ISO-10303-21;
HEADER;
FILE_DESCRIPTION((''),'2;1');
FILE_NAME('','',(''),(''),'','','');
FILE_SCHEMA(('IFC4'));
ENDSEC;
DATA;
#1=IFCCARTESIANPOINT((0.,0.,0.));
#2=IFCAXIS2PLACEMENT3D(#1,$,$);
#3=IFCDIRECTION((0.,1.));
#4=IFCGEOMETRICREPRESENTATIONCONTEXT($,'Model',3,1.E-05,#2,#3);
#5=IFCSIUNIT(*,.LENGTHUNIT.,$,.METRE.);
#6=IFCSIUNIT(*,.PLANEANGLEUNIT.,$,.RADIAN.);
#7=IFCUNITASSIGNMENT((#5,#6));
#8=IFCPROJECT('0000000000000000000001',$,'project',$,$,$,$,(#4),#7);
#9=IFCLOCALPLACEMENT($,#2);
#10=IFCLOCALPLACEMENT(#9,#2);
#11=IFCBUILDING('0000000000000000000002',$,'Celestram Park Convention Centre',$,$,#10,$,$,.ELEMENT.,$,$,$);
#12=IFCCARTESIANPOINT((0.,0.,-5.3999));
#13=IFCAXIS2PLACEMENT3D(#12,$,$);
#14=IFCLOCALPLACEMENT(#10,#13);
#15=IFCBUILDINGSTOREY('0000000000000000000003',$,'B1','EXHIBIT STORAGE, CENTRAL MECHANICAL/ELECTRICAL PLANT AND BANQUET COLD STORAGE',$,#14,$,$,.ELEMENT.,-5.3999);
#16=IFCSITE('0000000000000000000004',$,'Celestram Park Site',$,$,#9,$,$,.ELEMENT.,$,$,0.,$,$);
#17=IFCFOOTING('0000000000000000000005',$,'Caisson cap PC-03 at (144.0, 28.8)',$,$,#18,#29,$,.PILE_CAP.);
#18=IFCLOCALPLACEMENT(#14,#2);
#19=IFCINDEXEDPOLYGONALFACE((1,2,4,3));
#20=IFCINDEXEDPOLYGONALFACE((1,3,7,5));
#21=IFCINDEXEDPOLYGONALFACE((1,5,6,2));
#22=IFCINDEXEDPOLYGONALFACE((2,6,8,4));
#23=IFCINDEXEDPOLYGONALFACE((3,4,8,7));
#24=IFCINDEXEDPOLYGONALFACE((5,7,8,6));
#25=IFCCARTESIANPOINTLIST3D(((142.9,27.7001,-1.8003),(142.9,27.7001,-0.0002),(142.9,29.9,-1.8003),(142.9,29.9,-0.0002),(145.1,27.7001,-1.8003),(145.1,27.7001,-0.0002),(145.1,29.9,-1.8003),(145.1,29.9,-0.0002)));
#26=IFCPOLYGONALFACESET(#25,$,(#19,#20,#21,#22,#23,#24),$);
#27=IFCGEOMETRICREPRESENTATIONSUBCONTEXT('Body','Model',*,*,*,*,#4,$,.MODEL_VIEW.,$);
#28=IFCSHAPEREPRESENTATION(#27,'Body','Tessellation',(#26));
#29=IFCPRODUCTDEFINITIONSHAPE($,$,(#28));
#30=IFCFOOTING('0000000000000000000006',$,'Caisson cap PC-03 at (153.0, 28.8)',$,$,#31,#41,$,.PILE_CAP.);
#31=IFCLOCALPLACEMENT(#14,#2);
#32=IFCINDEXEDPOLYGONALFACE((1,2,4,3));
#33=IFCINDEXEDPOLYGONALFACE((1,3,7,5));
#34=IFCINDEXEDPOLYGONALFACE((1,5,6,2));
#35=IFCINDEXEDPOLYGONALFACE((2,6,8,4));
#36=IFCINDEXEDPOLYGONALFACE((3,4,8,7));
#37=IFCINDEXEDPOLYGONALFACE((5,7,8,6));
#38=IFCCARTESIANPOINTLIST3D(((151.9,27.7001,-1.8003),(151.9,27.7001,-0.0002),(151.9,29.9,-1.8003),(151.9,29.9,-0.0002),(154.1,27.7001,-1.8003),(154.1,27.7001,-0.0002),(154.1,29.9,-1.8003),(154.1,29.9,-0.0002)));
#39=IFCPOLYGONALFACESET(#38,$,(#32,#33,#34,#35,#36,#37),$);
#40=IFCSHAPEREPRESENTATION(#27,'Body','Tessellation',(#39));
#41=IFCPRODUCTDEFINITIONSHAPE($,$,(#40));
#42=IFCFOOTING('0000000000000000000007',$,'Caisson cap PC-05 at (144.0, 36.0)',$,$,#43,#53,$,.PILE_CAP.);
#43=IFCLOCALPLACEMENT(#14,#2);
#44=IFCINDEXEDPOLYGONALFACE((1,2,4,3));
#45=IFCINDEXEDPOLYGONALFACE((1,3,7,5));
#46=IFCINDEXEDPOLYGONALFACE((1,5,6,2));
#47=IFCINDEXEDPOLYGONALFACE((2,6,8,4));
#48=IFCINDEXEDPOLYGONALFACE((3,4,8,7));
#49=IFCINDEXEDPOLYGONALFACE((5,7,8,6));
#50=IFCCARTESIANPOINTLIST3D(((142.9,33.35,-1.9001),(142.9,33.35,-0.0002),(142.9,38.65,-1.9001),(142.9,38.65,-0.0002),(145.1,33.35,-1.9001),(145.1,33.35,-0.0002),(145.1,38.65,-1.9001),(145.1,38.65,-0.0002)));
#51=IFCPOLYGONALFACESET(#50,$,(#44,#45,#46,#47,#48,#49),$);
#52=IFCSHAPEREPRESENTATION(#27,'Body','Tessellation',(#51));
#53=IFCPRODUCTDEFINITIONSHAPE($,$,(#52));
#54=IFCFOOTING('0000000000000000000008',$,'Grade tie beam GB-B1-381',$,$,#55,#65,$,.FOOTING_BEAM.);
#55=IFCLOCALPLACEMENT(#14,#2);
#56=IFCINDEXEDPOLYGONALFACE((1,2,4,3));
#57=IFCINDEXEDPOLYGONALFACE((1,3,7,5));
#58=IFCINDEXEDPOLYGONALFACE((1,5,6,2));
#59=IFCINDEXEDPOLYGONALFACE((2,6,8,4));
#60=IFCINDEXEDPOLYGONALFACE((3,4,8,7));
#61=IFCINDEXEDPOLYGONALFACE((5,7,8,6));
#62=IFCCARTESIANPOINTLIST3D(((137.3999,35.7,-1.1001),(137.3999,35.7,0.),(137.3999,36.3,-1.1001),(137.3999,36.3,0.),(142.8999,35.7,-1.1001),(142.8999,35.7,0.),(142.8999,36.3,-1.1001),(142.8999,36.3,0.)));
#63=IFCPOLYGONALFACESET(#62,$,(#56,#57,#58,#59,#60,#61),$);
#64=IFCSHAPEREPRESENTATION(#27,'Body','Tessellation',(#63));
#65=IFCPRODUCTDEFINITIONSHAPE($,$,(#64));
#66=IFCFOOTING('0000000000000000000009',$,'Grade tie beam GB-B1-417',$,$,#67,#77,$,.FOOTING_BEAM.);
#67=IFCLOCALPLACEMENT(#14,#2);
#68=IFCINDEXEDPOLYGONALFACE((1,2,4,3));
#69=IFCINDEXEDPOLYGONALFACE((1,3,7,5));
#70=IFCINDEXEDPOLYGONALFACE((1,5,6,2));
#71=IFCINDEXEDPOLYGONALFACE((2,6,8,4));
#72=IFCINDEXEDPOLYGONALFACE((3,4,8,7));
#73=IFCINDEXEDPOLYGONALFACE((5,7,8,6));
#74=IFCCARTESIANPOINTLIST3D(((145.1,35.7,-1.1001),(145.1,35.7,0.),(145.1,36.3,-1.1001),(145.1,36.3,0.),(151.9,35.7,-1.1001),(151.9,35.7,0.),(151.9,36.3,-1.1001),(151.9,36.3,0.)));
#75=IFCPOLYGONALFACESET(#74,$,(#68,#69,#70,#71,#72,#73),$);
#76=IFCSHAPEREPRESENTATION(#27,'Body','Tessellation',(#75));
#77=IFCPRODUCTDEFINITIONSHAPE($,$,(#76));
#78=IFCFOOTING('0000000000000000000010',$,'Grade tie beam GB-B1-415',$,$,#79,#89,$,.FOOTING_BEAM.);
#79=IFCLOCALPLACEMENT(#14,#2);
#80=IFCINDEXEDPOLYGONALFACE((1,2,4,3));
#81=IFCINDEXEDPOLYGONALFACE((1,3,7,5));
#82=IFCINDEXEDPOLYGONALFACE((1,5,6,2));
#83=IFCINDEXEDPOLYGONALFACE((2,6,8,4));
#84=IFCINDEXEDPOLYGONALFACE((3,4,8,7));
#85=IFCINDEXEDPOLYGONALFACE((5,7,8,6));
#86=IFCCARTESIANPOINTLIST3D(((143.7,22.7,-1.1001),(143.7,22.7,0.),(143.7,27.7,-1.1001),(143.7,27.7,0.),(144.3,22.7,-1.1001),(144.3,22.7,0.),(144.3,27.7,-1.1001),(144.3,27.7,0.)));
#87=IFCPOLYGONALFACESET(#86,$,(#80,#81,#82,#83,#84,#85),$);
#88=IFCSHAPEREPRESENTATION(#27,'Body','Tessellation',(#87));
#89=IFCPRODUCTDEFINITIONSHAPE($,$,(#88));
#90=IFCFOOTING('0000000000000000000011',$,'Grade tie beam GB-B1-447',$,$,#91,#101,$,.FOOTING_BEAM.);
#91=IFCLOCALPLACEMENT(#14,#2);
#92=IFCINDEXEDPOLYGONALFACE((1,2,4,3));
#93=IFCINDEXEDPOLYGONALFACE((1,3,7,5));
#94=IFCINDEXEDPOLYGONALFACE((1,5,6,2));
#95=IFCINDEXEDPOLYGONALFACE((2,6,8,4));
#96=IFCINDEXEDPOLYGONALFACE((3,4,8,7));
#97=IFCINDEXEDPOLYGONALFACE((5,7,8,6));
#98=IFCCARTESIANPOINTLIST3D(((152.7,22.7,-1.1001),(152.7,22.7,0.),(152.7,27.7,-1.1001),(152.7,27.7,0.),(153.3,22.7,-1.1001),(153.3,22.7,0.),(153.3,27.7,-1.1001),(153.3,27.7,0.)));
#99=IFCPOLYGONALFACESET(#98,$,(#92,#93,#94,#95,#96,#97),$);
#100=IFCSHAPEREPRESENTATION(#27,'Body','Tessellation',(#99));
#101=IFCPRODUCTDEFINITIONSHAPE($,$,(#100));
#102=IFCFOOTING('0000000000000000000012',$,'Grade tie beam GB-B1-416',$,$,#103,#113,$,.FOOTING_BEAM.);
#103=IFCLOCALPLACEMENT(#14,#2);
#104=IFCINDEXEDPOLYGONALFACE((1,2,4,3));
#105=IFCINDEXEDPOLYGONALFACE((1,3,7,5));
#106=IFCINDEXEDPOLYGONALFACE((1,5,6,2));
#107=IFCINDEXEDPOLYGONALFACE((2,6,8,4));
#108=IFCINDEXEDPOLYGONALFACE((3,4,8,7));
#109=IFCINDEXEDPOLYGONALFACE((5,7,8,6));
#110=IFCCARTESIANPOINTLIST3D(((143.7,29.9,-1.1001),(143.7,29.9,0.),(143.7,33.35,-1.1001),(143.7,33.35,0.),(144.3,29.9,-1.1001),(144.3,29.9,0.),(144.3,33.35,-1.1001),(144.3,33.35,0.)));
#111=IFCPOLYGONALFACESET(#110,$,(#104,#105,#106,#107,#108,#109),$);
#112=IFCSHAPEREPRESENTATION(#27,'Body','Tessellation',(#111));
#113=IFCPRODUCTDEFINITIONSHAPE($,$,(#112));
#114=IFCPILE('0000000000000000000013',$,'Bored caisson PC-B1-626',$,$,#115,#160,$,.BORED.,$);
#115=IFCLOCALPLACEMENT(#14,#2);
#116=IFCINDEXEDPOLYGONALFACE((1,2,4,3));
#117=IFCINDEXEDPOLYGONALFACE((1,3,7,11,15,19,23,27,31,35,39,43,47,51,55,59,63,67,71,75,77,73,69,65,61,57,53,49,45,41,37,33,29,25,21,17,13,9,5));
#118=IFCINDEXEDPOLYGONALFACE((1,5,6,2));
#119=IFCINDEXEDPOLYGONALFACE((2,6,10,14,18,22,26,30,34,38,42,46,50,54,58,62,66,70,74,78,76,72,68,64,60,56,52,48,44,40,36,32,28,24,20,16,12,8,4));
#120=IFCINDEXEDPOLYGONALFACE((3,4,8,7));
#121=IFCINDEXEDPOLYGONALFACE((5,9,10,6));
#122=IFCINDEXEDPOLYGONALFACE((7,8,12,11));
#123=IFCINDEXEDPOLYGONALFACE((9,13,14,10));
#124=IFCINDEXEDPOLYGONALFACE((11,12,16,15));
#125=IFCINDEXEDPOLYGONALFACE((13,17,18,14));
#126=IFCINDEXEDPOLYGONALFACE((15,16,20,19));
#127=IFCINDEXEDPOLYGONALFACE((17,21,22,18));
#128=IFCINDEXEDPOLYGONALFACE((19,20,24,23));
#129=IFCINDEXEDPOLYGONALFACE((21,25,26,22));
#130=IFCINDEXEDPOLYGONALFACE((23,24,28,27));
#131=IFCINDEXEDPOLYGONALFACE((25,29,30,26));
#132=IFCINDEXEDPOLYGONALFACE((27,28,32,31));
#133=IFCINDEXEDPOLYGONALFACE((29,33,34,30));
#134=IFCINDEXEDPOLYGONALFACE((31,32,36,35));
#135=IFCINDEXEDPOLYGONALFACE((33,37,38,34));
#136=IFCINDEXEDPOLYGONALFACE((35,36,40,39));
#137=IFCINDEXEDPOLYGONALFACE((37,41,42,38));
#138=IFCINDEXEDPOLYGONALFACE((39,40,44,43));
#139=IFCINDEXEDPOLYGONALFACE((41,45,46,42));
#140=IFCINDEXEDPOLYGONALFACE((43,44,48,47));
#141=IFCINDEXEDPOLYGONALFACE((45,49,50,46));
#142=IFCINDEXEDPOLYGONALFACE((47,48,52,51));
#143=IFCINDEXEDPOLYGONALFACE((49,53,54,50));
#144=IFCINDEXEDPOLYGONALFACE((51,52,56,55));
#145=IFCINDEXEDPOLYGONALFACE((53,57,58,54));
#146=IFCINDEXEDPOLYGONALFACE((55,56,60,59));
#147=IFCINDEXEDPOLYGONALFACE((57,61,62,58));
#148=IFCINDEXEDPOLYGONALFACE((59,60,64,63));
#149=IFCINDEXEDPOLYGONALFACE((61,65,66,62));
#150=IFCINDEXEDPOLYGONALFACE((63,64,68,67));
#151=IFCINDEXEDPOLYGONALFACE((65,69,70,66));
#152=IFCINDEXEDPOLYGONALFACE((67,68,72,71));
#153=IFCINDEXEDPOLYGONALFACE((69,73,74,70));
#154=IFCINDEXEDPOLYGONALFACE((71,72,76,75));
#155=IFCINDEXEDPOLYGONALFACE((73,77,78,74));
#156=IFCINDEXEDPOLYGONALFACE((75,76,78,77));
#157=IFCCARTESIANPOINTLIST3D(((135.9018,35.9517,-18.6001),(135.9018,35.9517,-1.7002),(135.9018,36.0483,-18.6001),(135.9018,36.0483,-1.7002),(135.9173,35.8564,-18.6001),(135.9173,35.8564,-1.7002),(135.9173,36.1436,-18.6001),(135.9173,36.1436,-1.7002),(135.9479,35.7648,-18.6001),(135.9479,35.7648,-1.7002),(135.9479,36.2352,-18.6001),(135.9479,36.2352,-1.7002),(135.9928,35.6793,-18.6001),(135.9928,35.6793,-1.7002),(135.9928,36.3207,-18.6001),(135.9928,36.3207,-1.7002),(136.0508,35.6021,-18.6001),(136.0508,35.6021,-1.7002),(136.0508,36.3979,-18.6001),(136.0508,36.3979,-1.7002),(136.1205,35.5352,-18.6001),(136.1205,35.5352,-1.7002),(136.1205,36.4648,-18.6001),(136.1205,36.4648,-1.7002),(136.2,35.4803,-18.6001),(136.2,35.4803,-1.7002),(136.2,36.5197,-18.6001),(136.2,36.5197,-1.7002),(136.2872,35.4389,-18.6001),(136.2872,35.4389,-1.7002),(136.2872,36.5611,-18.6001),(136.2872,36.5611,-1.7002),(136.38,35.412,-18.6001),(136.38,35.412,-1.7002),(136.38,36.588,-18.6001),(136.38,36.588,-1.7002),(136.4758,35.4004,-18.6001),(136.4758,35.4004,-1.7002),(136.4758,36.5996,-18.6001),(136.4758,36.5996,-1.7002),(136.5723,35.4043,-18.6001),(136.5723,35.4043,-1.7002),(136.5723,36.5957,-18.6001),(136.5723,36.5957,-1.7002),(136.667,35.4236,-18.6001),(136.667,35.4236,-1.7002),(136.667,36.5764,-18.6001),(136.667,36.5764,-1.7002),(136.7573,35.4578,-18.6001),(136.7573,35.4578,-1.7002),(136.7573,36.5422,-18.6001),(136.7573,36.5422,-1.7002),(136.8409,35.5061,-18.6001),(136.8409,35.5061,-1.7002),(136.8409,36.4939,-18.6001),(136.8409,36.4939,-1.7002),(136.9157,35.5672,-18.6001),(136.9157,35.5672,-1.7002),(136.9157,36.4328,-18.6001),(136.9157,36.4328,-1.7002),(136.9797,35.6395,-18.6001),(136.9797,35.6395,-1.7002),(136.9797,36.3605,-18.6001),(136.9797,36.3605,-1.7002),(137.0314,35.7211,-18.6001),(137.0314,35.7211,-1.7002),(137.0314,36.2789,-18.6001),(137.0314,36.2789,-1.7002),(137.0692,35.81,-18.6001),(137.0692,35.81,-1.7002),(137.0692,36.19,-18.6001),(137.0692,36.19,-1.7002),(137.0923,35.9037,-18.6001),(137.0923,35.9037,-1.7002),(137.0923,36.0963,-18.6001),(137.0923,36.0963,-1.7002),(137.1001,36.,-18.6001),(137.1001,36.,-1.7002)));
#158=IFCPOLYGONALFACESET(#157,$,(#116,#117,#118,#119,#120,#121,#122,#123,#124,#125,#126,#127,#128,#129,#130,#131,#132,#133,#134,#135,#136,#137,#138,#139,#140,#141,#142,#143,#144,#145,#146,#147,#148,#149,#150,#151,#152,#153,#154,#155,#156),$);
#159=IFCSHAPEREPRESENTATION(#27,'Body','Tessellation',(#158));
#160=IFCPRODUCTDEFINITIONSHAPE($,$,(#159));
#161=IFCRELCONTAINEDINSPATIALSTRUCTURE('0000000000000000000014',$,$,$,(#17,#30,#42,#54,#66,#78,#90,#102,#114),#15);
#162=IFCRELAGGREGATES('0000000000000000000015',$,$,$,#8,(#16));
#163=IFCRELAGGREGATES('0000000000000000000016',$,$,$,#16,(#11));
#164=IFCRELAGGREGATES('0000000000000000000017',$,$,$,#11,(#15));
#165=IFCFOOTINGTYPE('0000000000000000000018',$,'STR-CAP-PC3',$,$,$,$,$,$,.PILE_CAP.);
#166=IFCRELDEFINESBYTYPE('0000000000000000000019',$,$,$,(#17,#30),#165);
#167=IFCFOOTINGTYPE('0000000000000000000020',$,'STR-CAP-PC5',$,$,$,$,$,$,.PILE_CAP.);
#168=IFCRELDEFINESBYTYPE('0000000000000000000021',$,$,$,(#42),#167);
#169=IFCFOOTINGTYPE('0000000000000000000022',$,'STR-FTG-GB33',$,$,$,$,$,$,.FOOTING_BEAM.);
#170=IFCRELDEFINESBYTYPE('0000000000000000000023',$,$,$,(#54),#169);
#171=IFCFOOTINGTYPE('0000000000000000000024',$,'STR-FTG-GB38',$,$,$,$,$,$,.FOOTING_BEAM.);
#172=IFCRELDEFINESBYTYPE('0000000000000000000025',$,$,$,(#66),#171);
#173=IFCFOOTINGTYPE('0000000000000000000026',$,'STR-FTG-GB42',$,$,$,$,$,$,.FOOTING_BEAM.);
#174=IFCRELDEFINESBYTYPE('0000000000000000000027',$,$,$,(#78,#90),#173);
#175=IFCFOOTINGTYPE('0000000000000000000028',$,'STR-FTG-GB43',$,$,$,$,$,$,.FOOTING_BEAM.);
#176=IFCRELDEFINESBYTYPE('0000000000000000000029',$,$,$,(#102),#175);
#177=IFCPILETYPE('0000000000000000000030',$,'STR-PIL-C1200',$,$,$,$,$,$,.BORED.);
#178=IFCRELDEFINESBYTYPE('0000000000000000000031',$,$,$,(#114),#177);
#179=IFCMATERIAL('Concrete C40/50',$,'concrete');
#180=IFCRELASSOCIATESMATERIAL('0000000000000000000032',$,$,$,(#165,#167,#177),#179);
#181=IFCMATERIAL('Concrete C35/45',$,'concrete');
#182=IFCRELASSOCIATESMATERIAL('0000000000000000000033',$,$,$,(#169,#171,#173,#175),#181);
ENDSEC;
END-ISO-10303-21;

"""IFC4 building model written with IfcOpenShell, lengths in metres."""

from ifc_helpers import new_model, si_unit, direction, frame, origin, origin_2d, place, context, subcontext, project, spatial, rectangle, circle, extrude, material, material_profile, profile_set, type_object, element, save


model = new_model("IFC4")

# Units and contexts
model_context = context("Model", 3, precision=1e-05, world=origin(), true_north=direction((0.0, 1.0)))
body_context = subcontext(model_context, "Body", "Model", "MODEL_VIEW")
ifc_project = project(units=[si_unit("LENGTHUNIT", "METRE"), si_unit("PLANEANGLEUNIT", "RADIAN")], contexts=[model_context])

# Site, building, storey
site_placement = place(None, origin())
site = spatial("IfcSite", under=ifc_project, at=site_placement, Name="Celestram Park Site", CompositionType="ELEMENT", RefElevation=0.0)
building_placement = place(site_placement, origin())
building = spatial("IfcBuilding", under=site, at=building_placement, Name="Celestram Park Convention Centre", CompositionType="ELEMENT")
storey_placement = place(building_placement, frame((0.0, 0.0, -5.3999)))
storey = spatial("IfcBuildingStorey", under=building, at=storey_placement, Name="B1", Description="EXHIBIT STORAGE, CENTRAL MECHANICAL/ELECTRICAL PLANT AND BANQUET COLD STORAGE", CompositionType="ELEMENT", Elevation=-5.3999)

# Footings
ifc_material_1 = material(Name="Concrete C40/50", Category="concrete")
footing_type_1 = type_object("IfcFootingType", Name="STR-CAP-PC3", PredefinedType="PILE_CAP", material=ifc_material_1)
for number, where, z_axis, x_axis, name in (
    (1, (144.0, 28.8, -1.8003), (0.0, 0.0, 1.0), (1.0, 0.0, 0.0), "Caisson cap PC-03 at (144.0, 28.8)"),
    (2, (153.0, 28.8, -1.8003), (0.0, 0.0, 1.0), (1.0, 0.0, 0.0), "Caisson cap PC-03 at (153.0, 28.8)"),
):
    element("IfcFooting", number, at=place(storey_placement, frame(where, z_axis=z_axis, x_axis=x_axis)), inside=storey, type_object=footing_type_1, Name=name, PredefinedType="PILE_CAP", context=body_context, shape_type="SweptSolid", body=[
        extrude(rectangle(XDim=2.2, YDim=2.2, at=origin_2d()), origin(), (0.0, 0.0, 1.0), 1.8),
    ])
footing_type_2 = type_object("IfcFootingType", Name="STR-CAP-PC5", PredefinedType="PILE_CAP", material=ifc_material_1)
footing_1_placement = place(storey_placement, frame((144.0, 36.0, -1.9001), z_axis=(0.0, 0.0, 1.0), x_axis=(1.0, 0.0, 0.0)))
element("IfcFooting", 3, at=footing_1_placement, inside=storey, type_object=footing_type_2, Name="Caisson cap PC-05 at (144.0, 36.0)", PredefinedType="PILE_CAP", context=body_context, shape_type="SweptSolid", body=[
    extrude(rectangle(XDim=2.2, YDim=5.3, at=origin_2d()), origin(), (0.0, 0.0, 1.0), 1.8999),
])
ifc_material_2 = material(Name="Concrete C35/45", Category="concrete")
footing_type_3 = type_object("IfcFootingType", Name="STR-FTG-GB33", PredefinedType="FOOTING_BEAM", material=ifc_material_2)
footing_2_placement = place(storey_placement, frame((140.1499, 36.0, -1.1001), z_axis=(0.0, 0.0, 1.0), x_axis=(1.0, 0.0, 0.0)))
element("IfcFooting", 4, at=footing_2_placement, inside=storey, type_object=footing_type_3, Name="Grade tie beam GB-B1-381", PredefinedType="FOOTING_BEAM", context=body_context, shape_type="SweptSolid", body=[
    extrude(rectangle(XDim=5.5, YDim=0.6001, at=origin_2d()), origin(), (0.0, 0.0, 1.0), 1.1001),
])
footing_type_4 = type_object("IfcFootingType", Name="STR-FTG-GB38", PredefinedType="FOOTING_BEAM", material=ifc_material_2)
footing_3_placement = place(storey_placement, frame((148.5, 36.0, -1.1001), z_axis=(0.0, 0.0, 1.0), x_axis=(1.0, 0.0, 0.0)))
element("IfcFooting", 5, at=footing_3_placement, inside=storey, type_object=footing_type_4, Name="Grade tie beam GB-B1-417", PredefinedType="FOOTING_BEAM", context=body_context, shape_type="SweptSolid", body=[
    extrude(rectangle(XDim=6.8, YDim=0.6001, at=origin_2d()), origin(), (0.0, 0.0, 1.0), 1.1001),
])
footing_type_5 = type_object("IfcFootingType", Name="STR-FTG-GB42", PredefinedType="FOOTING_BEAM", material=ifc_material_2)
for number, where, z_axis, x_axis, name in (
    (6, (144.0, 25.2, -1.1001), (0.0, 0.0, 1.0), (0.0, 1.0, 0.0), "Grade tie beam GB-B1-415"),
    (7, (153.0, 25.2, -1.1001), (0.0, 0.0, 1.0), (0.0, 1.0, 0.0), "Grade tie beam GB-B1-447"),
):
    element("IfcFooting", number, at=place(storey_placement, frame(where, z_axis=z_axis, x_axis=x_axis)), inside=storey, type_object=footing_type_5, Name=name, PredefinedType="FOOTING_BEAM", context=body_context, shape_type="SweptSolid", body=[
        extrude(rectangle(XDim=5.0, YDim=0.6001, at=origin_2d()), origin(), (0.0, 0.0, 1.0), 1.1001),
    ])
footing_type_6 = type_object("IfcFootingType", Name="STR-FTG-GB43", PredefinedType="FOOTING_BEAM", material=ifc_material_2)
footing_4_placement = place(storey_placement, frame((144.0, 31.625, -1.1001), z_axis=(0.0, 0.0, 1.0), x_axis=(0.0, 1.0, 0.0)))
element("IfcFooting", 8, at=footing_4_placement, inside=storey, type_object=footing_type_6, Name="Grade tie beam GB-B1-416", PredefinedType="FOOTING_BEAM", context=body_context, shape_type="SweptSolid", body=[
    extrude(rectangle(XDim=3.45, YDim=0.6001, at=origin_2d()), origin(), (0.0, 0.0, 1.0), 1.1001),
])

# Pile
ifc_material_profile_1 = material_profile(ifc_material_1, circle(Radius=0.6001, at=origin_2d()), Name="CAISSON1200")
ifc_profile_set_1 = profile_set([ifc_material_profile_1], Name="Concrete C40/50")
pile_type_1 = type_object("IfcPileType", Name="STR-PIL-C1200", PredefinedType="BORED", material=ifc_profile_set_1)
pile_1_placement = place(storey_placement, frame((136.5, 36.0, -1.7002), z_axis=(0.0, 0.0, -1.0), x_axis=(1.0, 0.0, 0.0)))
element("IfcPile", 9, at=pile_1_placement, inside=storey, type_object=pile_type_1, Name="Bored caisson PC-B1-626", PredefinedType="BORED", context=body_context, shape_type="SweptSolid", body=[
    extrude(circle(Radius=0.6001, at=origin_2d()), origin(), (0.0, 0.0, 1.0), 16.8999),
])

save(model, "model.ifc")
